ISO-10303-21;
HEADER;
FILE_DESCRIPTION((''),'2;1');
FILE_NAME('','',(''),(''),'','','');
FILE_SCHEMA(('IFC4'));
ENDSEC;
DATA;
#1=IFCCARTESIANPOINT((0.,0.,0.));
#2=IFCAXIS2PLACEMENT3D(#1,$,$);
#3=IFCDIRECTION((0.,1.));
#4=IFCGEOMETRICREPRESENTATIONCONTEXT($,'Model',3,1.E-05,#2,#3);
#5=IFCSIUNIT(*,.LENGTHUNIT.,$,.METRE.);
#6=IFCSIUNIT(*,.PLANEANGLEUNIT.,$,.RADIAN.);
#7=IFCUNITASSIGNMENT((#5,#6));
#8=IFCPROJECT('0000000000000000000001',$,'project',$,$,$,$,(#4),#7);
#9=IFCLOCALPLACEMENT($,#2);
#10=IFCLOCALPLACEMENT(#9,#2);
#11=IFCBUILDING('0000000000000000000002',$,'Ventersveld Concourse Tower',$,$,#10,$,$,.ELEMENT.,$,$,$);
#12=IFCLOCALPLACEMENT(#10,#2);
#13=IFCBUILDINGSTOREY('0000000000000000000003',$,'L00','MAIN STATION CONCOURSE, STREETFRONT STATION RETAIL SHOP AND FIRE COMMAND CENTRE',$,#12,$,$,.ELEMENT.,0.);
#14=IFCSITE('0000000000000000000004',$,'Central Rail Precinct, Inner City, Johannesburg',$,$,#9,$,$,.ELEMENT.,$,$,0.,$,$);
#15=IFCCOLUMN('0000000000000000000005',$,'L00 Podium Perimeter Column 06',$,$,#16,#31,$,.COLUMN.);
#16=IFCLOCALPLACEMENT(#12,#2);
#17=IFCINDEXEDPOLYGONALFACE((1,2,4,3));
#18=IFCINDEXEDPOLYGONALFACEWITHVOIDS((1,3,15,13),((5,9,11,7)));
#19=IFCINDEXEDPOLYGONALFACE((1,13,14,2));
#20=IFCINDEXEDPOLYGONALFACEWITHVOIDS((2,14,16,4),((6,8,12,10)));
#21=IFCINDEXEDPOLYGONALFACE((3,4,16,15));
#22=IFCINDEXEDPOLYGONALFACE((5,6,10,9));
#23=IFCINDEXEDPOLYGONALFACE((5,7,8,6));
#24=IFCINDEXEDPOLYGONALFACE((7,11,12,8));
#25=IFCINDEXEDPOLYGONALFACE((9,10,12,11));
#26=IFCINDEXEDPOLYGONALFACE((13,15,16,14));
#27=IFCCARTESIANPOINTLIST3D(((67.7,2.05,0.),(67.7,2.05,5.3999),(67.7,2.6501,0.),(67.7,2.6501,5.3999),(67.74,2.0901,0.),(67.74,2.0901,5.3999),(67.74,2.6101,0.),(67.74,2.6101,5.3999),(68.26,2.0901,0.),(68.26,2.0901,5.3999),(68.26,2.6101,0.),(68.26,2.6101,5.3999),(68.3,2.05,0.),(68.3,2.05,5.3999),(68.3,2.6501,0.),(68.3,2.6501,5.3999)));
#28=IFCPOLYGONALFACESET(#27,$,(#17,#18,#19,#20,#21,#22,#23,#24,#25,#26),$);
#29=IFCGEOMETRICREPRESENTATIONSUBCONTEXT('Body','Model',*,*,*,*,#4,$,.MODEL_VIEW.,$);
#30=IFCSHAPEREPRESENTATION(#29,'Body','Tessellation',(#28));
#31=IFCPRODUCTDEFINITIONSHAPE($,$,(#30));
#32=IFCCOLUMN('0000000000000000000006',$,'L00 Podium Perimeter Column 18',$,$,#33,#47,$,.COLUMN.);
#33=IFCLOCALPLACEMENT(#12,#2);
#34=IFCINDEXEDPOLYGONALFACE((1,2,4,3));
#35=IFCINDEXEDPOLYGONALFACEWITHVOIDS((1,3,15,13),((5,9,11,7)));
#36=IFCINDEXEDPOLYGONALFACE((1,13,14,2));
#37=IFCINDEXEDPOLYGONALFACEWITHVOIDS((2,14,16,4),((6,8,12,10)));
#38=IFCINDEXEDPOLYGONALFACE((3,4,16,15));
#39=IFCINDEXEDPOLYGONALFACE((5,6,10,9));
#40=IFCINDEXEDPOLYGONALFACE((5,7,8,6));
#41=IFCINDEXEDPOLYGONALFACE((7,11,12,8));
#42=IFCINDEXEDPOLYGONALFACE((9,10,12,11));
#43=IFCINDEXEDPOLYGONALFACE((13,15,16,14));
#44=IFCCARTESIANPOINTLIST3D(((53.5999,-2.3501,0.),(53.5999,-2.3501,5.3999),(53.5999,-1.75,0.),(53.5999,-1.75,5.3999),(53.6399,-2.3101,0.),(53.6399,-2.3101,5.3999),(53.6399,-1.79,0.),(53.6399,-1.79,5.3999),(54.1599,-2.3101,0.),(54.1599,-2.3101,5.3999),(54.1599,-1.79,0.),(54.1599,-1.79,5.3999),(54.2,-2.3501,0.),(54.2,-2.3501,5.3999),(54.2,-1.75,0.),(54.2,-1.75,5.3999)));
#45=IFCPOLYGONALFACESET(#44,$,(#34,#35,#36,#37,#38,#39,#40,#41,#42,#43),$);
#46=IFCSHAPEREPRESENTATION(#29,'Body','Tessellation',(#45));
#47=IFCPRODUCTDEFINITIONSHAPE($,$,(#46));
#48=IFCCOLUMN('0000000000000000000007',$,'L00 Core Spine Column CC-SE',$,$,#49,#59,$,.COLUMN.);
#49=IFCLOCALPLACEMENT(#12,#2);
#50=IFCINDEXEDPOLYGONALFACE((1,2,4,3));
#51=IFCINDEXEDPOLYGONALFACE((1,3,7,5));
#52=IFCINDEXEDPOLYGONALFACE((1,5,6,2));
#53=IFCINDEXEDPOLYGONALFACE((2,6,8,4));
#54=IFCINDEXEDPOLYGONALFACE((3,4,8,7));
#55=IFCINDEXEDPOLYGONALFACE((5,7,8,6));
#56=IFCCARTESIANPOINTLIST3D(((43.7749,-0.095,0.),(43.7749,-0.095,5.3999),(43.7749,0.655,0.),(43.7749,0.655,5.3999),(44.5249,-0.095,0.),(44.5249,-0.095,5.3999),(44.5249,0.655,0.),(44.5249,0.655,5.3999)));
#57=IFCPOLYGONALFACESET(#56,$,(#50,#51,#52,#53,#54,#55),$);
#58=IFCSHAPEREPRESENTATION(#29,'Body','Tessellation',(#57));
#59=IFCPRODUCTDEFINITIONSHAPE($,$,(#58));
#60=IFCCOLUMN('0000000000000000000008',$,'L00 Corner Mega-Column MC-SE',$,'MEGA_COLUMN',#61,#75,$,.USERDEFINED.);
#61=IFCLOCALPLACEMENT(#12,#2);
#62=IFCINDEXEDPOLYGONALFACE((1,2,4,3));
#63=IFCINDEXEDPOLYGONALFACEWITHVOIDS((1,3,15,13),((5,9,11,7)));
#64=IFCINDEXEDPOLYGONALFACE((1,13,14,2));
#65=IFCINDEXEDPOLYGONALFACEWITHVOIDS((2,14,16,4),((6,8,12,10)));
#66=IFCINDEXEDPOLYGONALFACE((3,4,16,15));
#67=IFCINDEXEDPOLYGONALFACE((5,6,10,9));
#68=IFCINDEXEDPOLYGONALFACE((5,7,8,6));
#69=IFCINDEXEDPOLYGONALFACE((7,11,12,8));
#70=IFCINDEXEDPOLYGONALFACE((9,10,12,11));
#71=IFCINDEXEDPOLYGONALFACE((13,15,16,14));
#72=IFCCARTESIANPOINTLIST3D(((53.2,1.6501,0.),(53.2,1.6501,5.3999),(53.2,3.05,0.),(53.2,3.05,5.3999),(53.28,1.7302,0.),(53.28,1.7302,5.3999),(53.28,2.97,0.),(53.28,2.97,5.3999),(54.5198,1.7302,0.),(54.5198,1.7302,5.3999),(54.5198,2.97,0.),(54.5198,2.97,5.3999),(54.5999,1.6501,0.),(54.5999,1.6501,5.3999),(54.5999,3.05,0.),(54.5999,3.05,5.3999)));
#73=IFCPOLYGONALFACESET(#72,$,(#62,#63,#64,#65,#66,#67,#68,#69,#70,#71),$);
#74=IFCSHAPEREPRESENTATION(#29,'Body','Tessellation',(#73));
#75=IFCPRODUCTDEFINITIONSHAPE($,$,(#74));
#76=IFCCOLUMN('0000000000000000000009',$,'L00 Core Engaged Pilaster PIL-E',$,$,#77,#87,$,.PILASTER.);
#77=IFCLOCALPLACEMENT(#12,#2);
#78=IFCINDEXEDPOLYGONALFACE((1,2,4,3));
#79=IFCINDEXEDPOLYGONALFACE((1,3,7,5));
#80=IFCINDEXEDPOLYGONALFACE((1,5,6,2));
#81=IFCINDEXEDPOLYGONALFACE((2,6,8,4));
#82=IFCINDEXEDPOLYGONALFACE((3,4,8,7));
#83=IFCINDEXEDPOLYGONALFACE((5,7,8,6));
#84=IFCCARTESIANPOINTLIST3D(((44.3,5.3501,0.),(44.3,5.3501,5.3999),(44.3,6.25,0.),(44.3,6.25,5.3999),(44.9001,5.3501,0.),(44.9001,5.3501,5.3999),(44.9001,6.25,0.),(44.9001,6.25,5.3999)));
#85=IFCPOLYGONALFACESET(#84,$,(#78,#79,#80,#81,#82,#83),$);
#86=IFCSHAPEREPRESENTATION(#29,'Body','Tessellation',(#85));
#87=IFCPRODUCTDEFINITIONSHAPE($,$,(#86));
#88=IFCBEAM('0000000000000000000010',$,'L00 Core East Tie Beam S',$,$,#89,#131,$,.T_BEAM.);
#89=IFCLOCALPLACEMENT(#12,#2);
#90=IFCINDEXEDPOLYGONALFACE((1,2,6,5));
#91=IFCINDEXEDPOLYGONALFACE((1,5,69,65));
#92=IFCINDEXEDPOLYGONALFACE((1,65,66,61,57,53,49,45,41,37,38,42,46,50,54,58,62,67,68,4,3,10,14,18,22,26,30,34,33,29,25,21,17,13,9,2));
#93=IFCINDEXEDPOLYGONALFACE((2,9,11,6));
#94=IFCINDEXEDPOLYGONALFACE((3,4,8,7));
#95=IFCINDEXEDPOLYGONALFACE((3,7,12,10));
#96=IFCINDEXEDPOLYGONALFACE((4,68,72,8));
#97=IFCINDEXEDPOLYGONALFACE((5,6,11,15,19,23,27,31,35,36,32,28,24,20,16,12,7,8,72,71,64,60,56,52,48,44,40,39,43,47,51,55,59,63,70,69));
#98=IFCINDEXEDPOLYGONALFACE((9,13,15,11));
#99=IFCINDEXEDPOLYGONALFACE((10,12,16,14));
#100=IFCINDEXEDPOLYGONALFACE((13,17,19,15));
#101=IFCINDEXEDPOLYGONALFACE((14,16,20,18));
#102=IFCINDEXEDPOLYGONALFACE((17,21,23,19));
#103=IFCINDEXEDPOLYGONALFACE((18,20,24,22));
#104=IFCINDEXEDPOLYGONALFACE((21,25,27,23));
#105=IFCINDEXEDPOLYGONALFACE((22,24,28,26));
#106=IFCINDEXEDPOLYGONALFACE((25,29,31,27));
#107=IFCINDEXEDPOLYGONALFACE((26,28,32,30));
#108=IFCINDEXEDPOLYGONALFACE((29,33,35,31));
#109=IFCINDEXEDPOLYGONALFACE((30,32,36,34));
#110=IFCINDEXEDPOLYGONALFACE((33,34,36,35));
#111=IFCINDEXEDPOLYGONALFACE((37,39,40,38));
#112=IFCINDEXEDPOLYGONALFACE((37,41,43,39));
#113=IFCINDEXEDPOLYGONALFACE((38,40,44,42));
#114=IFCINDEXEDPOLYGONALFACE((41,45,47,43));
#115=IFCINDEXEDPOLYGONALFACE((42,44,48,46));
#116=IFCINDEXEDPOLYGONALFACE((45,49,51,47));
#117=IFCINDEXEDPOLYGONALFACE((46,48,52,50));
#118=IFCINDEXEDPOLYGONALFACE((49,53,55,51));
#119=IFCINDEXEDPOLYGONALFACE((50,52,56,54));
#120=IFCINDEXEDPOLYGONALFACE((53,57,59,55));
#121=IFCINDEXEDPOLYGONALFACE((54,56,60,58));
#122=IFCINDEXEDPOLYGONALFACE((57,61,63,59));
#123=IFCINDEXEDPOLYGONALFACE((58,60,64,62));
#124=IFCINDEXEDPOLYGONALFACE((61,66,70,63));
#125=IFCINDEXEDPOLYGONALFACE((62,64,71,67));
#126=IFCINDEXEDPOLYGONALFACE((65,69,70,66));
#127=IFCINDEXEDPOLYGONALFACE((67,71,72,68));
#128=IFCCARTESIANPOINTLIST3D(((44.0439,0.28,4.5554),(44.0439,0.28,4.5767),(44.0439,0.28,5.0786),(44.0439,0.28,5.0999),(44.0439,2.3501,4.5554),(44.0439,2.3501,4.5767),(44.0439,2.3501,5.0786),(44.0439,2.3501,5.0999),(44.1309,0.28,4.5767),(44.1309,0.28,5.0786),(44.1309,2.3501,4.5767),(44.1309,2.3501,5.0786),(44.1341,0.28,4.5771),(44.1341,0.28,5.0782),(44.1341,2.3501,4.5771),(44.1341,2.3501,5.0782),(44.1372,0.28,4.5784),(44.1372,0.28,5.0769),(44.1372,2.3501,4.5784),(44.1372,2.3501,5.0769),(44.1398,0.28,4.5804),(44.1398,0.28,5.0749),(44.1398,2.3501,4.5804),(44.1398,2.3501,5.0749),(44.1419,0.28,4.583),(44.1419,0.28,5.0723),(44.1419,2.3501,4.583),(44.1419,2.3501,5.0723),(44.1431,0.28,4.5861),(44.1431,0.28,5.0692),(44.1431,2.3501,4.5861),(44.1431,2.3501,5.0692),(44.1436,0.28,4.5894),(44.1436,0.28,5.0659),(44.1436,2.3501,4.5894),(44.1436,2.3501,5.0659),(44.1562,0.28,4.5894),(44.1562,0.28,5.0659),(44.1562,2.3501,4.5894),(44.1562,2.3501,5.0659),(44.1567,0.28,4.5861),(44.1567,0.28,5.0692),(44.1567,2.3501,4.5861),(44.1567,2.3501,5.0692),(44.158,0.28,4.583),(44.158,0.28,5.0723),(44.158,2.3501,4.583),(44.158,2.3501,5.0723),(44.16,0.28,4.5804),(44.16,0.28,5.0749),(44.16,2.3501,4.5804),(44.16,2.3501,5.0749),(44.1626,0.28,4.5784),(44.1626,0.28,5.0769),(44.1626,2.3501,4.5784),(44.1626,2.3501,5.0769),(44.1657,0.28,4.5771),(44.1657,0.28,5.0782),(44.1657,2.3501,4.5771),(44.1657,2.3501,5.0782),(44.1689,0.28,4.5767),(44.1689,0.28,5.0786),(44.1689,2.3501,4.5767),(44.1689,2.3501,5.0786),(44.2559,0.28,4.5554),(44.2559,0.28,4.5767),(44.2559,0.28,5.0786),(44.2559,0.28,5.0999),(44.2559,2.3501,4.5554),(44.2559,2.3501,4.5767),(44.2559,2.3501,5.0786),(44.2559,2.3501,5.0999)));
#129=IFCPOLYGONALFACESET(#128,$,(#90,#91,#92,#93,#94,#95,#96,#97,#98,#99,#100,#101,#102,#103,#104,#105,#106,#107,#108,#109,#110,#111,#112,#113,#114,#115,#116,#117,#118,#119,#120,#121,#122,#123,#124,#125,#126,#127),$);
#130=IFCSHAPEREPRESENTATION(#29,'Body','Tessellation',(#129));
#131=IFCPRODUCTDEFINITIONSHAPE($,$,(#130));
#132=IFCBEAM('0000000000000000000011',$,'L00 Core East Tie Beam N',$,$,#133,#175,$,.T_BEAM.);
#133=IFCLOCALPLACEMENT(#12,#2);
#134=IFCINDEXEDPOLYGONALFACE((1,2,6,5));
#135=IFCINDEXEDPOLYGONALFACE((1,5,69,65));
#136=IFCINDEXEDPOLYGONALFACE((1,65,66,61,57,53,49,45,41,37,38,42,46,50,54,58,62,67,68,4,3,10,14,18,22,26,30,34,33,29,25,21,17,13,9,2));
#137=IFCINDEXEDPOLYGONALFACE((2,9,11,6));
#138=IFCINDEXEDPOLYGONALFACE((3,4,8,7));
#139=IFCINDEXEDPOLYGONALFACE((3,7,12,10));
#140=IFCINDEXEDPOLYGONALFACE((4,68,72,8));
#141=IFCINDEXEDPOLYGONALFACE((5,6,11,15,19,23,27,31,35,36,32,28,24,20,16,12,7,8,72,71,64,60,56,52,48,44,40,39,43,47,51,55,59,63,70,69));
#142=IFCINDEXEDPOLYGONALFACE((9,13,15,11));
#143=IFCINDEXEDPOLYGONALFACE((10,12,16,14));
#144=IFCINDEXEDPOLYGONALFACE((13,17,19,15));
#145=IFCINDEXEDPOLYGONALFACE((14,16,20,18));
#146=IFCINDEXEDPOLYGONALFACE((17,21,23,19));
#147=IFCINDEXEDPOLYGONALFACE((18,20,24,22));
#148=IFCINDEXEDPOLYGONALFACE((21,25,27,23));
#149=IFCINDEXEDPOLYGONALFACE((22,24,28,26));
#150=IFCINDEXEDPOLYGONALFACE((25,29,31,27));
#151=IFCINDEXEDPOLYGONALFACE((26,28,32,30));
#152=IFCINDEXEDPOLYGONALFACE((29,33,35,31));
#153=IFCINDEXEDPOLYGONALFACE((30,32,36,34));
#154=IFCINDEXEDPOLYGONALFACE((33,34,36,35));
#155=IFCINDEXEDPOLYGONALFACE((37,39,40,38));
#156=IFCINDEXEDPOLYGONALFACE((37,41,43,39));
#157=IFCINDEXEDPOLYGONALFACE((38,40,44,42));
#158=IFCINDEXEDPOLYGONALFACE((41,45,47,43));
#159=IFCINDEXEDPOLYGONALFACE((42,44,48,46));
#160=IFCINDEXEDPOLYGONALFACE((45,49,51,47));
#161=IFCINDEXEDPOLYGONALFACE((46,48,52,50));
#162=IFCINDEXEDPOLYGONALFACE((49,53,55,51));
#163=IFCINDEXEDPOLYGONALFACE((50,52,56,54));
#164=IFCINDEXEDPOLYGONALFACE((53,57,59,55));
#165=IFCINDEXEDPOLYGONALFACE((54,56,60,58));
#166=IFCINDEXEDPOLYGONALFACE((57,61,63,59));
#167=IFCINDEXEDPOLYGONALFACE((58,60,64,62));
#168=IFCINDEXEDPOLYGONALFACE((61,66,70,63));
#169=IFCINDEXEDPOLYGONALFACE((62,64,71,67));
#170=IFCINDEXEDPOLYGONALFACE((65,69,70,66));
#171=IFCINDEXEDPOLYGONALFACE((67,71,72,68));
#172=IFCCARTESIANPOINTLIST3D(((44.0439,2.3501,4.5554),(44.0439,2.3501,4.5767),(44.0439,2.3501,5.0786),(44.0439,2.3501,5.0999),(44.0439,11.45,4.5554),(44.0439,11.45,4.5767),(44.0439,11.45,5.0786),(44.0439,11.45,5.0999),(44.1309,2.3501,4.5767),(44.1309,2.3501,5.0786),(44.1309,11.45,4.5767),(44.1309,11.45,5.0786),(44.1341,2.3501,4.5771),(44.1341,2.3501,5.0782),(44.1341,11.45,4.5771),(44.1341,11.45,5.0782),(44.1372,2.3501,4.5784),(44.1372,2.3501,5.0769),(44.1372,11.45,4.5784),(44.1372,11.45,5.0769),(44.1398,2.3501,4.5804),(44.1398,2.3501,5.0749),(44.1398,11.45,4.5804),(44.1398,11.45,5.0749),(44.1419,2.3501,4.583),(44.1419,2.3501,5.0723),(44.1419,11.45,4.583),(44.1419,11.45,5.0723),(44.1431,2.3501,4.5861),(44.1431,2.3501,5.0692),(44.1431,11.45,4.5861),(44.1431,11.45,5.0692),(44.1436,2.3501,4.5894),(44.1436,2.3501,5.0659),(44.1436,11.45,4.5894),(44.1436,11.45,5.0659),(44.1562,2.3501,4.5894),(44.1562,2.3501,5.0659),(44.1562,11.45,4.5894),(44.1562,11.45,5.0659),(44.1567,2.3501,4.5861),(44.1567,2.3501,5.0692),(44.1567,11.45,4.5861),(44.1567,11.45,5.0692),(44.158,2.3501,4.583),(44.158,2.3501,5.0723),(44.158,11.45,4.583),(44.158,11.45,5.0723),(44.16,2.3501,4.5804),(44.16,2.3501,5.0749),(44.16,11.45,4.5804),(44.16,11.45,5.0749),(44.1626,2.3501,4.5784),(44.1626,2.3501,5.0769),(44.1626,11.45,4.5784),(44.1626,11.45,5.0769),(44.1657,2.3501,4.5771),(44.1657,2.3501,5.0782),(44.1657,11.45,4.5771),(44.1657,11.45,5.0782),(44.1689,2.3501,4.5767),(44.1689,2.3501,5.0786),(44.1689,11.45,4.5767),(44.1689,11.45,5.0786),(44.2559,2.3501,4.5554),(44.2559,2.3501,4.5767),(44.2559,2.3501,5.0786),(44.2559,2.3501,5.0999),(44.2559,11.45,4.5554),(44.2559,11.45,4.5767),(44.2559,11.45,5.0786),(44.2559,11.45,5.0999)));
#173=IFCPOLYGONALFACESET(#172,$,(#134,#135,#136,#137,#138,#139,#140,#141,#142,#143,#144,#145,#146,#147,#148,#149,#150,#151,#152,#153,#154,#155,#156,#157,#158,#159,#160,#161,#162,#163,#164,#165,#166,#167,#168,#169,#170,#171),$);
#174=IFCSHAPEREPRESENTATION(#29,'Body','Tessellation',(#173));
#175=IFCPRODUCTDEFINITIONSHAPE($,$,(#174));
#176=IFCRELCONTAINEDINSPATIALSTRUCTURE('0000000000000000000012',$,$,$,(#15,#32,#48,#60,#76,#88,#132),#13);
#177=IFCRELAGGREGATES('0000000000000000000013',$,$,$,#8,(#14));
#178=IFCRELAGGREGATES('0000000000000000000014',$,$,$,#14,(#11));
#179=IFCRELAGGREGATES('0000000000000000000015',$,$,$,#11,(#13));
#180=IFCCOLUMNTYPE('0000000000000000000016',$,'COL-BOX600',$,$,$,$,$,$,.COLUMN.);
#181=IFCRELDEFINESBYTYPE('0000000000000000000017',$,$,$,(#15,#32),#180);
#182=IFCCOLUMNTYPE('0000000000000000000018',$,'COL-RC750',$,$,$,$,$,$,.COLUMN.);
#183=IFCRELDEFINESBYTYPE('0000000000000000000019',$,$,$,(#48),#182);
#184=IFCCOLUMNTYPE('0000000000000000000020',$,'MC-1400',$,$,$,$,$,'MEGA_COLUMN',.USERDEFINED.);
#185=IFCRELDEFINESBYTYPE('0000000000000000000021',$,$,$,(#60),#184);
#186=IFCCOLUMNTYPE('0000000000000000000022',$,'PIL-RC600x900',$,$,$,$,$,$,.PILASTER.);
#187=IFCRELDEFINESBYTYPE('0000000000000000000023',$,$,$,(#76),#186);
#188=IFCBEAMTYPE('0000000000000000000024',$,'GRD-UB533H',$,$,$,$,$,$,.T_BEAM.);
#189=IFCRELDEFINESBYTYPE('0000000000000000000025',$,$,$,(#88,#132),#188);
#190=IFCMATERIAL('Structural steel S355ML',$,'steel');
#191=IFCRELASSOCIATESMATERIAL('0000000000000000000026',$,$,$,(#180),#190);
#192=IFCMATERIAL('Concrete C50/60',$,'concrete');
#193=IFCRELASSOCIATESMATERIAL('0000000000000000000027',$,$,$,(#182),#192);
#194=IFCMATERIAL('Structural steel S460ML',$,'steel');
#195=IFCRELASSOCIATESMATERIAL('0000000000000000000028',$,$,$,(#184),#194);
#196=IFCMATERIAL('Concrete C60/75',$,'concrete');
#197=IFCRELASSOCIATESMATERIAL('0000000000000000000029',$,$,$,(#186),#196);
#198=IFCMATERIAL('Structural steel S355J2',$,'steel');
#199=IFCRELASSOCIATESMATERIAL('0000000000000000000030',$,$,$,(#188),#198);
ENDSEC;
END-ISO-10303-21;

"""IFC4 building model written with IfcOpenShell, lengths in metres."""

from ifc_helpers import new_model, si_unit, direction, frame, origin, origin_2d, place, context, subcontext, project, spatial, rectangle, hollow_rectangle, i_section, extrude, material, material_profile, profile_set, type_object, element, save


model = new_model("IFC4")

# Units and contexts
model_context = context("Model", 3, precision=1e-05, world=origin(), true_north=direction((0.0, 1.0)))
body_context = subcontext(model_context, "Body", "Model", "MODEL_VIEW")
ifc_project = project(units=[si_unit("LENGTHUNIT", "METRE"), si_unit("PLANEANGLEUNIT", "RADIAN")], contexts=[model_context])

# Site, building, storey
site_placement = place(None, origin())
site = spatial("IfcSite", under=ifc_project, at=site_placement, Name="Central Rail Precinct, Inner City, Johannesburg", CompositionType="ELEMENT", RefElevation=0.0)
building_placement = place(site_placement, origin())
building = spatial("IfcBuilding", under=site, at=building_placement, Name="Ventersveld Concourse Tower", CompositionType="ELEMENT")
storey_placement = place(building_placement, origin())
storey = spatial("IfcBuildingStorey", under=building, at=storey_placement, Name="L00", Description="MAIN STATION CONCOURSE, STREETFRONT STATION RETAIL SHOP AND FIRE COMMAND CENTRE", CompositionType="ELEMENT", Elevation=0.0)

# Columns
ifc_material_1 = material(Name="Structural steel S355ML", Category="steel")
ifc_material_profile_1 = material_profile(ifc_material_1, hollow_rectangle(XDim=0.6001, YDim=0.6001, WallThickness=0.04, at=origin_2d()), Name="BOX 600x600x40")
ifc_profile_set_1 = profile_set([ifc_material_profile_1], Name="Structural steel S355ML")
column_type_1 = type_object("IfcColumnType", Name="COL-BOX600", PredefinedType="COLUMN", material=ifc_profile_set_1)
for number, where, z_axis, x_axis, name in (
    (1, (68.0, 2.3501, 0.0), (0.0, 0.0, 1.0), (1.0, 0.0, 0.0), "L00 Podium Perimeter Column 06"),
    (2, (53.8999, -2.05, 0.0), (0.0, 0.0, 1.0), (1.0, 0.0, 0.0), "L00 Podium Perimeter Column 18"),
):
    element("IfcColumn", number, at=place(storey_placement, frame(where, z_axis=z_axis, x_axis=x_axis)), inside=storey, type_object=column_type_1, Name=name, PredefinedType="COLUMN", context=body_context, shape_type="SweptSolid", body=[
        extrude(hollow_rectangle(XDim=0.6001, YDim=0.6001, WallThickness=0.04, at=origin_2d()), origin(), (0.0, 0.0, 1.0), 5.3999),
    ])
ifc_material_2 = material(Name="Concrete C50/60", Category="concrete")
ifc_material_profile_2 = material_profile(ifc_material_2, rectangle(XDim=0.75, YDim=0.75, at=origin_2d()), Name="RC 750x750")
ifc_profile_set_2 = profile_set([ifc_material_profile_2], Name="Concrete C50/60")
column_type_2 = type_object("IfcColumnType", Name="COL-RC750", PredefinedType="COLUMN", material=ifc_profile_set_2)
column_1_placement = place(storey_placement, frame((44.1499, 0.28, 0.0), z_axis=(0.0, 0.0, 1.0), x_axis=(1.0, 0.0, 0.0)))
element("IfcColumn", 3, at=column_1_placement, inside=storey, type_object=column_type_2, Name="L00 Core Spine Column CC-SE", PredefinedType="COLUMN", context=body_context, shape_type="SweptSolid", body=[
    extrude(rectangle(XDim=0.75, YDim=0.75, at=origin_2d()), origin(), (0.0, 0.0, 1.0), 5.3999),
])
ifc_material_3 = material(Name="Structural steel S460ML", Category="steel")
ifc_material_profile_3 = material_profile(ifc_material_3, hollow_rectangle(XDim=1.3999, YDim=1.3999, WallThickness=0.0801, at=origin_2d()), Name="BOX 1400x1400x80")
ifc_profile_set_3 = profile_set([ifc_material_profile_3], Name="Structural steel S460ML")
column_type_3 = type_object("IfcColumnType", Name="MC-1400", ElementType="MEGA_COLUMN", PredefinedType="USERDEFINED", material=ifc_profile_set_3)
column_2_placement = place(storey_placement, frame((53.8999, 2.3501, 0.0), z_axis=(0.0, 0.0, 1.0), x_axis=(1.0, 0.0, 0.0)))
element("IfcColumn", 4, at=column_2_placement, inside=storey, type_object=column_type_3, Name="L00 Corner Mega-Column MC-SE", ObjectType="MEGA_COLUMN", PredefinedType="USERDEFINED", context=body_context, shape_type="SweptSolid", body=[
    extrude(hollow_rectangle(XDim=1.3999, YDim=1.3999, WallThickness=0.0801, at=origin_2d()), origin(), (0.0, 0.0, 1.0), 5.3999),
])
ifc_material_4 = material(Name="Concrete C60/75", Category="concrete")
ifc_material_profile_4 = material_profile(ifc_material_4, rectangle(XDim=0.6001, YDim=0.8999, at=origin_2d()), Name="RC 600x900")
ifc_profile_set_4 = profile_set([ifc_material_profile_4], Name="Concrete C60/75")
column_type_4 = type_object("IfcColumnType", Name="PIL-RC600x900", PredefinedType="PILASTER", material=ifc_profile_set_4)
column_3_placement = place(storey_placement, frame((44.6001, 5.8, 0.0), z_axis=(0.0, 0.0, 1.0), x_axis=(1.0, 0.0, 0.0)))
element("IfcColumn", 5, at=column_3_placement, inside=storey, type_object=column_type_4, Name="L00 Core Engaged Pilaster PIL-E", PredefinedType="PILASTER", context=body_context, shape_type="SweptSolid", body=[
    extrude(rectangle(XDim=0.6001, YDim=0.8999, at=origin_2d()), origin(), (0.0, 0.0, 1.0), 5.3999),
])

# Beams
ifc_material_5 = material(Name="Structural steel S355J2", Category="steel")
ifc_material_profile_5 = material_profile(ifc_material_5, i_section(OverallWidth=0.2119, OverallDepth=0.5444, WebThickness=0.0127, FlangeThickness=0.0212, FilletRadius=0.0127, at=origin_2d()), Name="UB 533x210x122")
ifc_profile_set_5 = profile_set([ifc_material_profile_5], Name="Structural steel S355J2")
beam_type_1 = type_object("IfcBeamType", Name="GRD-UB533H", PredefinedType="T_BEAM", material=ifc_profile_set_5)
beam_1_placement = place(storey_placement, frame((44.1499, 0.28, 4.8276), z_axis=(0.0, 1.0, 0.0), x_axis=(-1.0, 0.0, 0.0)))
element("IfcBeam", 6, at=beam_1_placement, inside=storey, type_object=beam_type_1, Name="L00 Core East Tie Beam S", PredefinedType="T_BEAM", context=body_context, shape_type="SweptSolid", body=[
    extrude(i_section(OverallWidth=0.2119, OverallDepth=0.5444, WebThickness=0.0127, FlangeThickness=0.0212, FilletRadius=0.0127, at=origin_2d()), origin(), (0.0, 0.0, 1.0), 2.0701),
])
beam_2_placement = place(storey_placement, frame((44.1499, 2.3501, 4.8276), z_axis=(0.0, 1.0, 0.0), x_axis=(-1.0, 0.0, 0.0)))
element("IfcBeam", 7, at=beam_2_placement, inside=storey, type_object=beam_type_1, Name="L00 Core East Tie Beam N", PredefinedType="T_BEAM", context=body_context, shape_type="SweptSolid", body=[
    extrude(i_section(OverallWidth=0.2119, OverallDepth=0.5444, WebThickness=0.0127, FlangeThickness=0.0212, FilletRadius=0.0127, at=origin_2d()), origin(), (0.0, 0.0, 1.0), 9.0999),
])

save(model, "model.ifc")
